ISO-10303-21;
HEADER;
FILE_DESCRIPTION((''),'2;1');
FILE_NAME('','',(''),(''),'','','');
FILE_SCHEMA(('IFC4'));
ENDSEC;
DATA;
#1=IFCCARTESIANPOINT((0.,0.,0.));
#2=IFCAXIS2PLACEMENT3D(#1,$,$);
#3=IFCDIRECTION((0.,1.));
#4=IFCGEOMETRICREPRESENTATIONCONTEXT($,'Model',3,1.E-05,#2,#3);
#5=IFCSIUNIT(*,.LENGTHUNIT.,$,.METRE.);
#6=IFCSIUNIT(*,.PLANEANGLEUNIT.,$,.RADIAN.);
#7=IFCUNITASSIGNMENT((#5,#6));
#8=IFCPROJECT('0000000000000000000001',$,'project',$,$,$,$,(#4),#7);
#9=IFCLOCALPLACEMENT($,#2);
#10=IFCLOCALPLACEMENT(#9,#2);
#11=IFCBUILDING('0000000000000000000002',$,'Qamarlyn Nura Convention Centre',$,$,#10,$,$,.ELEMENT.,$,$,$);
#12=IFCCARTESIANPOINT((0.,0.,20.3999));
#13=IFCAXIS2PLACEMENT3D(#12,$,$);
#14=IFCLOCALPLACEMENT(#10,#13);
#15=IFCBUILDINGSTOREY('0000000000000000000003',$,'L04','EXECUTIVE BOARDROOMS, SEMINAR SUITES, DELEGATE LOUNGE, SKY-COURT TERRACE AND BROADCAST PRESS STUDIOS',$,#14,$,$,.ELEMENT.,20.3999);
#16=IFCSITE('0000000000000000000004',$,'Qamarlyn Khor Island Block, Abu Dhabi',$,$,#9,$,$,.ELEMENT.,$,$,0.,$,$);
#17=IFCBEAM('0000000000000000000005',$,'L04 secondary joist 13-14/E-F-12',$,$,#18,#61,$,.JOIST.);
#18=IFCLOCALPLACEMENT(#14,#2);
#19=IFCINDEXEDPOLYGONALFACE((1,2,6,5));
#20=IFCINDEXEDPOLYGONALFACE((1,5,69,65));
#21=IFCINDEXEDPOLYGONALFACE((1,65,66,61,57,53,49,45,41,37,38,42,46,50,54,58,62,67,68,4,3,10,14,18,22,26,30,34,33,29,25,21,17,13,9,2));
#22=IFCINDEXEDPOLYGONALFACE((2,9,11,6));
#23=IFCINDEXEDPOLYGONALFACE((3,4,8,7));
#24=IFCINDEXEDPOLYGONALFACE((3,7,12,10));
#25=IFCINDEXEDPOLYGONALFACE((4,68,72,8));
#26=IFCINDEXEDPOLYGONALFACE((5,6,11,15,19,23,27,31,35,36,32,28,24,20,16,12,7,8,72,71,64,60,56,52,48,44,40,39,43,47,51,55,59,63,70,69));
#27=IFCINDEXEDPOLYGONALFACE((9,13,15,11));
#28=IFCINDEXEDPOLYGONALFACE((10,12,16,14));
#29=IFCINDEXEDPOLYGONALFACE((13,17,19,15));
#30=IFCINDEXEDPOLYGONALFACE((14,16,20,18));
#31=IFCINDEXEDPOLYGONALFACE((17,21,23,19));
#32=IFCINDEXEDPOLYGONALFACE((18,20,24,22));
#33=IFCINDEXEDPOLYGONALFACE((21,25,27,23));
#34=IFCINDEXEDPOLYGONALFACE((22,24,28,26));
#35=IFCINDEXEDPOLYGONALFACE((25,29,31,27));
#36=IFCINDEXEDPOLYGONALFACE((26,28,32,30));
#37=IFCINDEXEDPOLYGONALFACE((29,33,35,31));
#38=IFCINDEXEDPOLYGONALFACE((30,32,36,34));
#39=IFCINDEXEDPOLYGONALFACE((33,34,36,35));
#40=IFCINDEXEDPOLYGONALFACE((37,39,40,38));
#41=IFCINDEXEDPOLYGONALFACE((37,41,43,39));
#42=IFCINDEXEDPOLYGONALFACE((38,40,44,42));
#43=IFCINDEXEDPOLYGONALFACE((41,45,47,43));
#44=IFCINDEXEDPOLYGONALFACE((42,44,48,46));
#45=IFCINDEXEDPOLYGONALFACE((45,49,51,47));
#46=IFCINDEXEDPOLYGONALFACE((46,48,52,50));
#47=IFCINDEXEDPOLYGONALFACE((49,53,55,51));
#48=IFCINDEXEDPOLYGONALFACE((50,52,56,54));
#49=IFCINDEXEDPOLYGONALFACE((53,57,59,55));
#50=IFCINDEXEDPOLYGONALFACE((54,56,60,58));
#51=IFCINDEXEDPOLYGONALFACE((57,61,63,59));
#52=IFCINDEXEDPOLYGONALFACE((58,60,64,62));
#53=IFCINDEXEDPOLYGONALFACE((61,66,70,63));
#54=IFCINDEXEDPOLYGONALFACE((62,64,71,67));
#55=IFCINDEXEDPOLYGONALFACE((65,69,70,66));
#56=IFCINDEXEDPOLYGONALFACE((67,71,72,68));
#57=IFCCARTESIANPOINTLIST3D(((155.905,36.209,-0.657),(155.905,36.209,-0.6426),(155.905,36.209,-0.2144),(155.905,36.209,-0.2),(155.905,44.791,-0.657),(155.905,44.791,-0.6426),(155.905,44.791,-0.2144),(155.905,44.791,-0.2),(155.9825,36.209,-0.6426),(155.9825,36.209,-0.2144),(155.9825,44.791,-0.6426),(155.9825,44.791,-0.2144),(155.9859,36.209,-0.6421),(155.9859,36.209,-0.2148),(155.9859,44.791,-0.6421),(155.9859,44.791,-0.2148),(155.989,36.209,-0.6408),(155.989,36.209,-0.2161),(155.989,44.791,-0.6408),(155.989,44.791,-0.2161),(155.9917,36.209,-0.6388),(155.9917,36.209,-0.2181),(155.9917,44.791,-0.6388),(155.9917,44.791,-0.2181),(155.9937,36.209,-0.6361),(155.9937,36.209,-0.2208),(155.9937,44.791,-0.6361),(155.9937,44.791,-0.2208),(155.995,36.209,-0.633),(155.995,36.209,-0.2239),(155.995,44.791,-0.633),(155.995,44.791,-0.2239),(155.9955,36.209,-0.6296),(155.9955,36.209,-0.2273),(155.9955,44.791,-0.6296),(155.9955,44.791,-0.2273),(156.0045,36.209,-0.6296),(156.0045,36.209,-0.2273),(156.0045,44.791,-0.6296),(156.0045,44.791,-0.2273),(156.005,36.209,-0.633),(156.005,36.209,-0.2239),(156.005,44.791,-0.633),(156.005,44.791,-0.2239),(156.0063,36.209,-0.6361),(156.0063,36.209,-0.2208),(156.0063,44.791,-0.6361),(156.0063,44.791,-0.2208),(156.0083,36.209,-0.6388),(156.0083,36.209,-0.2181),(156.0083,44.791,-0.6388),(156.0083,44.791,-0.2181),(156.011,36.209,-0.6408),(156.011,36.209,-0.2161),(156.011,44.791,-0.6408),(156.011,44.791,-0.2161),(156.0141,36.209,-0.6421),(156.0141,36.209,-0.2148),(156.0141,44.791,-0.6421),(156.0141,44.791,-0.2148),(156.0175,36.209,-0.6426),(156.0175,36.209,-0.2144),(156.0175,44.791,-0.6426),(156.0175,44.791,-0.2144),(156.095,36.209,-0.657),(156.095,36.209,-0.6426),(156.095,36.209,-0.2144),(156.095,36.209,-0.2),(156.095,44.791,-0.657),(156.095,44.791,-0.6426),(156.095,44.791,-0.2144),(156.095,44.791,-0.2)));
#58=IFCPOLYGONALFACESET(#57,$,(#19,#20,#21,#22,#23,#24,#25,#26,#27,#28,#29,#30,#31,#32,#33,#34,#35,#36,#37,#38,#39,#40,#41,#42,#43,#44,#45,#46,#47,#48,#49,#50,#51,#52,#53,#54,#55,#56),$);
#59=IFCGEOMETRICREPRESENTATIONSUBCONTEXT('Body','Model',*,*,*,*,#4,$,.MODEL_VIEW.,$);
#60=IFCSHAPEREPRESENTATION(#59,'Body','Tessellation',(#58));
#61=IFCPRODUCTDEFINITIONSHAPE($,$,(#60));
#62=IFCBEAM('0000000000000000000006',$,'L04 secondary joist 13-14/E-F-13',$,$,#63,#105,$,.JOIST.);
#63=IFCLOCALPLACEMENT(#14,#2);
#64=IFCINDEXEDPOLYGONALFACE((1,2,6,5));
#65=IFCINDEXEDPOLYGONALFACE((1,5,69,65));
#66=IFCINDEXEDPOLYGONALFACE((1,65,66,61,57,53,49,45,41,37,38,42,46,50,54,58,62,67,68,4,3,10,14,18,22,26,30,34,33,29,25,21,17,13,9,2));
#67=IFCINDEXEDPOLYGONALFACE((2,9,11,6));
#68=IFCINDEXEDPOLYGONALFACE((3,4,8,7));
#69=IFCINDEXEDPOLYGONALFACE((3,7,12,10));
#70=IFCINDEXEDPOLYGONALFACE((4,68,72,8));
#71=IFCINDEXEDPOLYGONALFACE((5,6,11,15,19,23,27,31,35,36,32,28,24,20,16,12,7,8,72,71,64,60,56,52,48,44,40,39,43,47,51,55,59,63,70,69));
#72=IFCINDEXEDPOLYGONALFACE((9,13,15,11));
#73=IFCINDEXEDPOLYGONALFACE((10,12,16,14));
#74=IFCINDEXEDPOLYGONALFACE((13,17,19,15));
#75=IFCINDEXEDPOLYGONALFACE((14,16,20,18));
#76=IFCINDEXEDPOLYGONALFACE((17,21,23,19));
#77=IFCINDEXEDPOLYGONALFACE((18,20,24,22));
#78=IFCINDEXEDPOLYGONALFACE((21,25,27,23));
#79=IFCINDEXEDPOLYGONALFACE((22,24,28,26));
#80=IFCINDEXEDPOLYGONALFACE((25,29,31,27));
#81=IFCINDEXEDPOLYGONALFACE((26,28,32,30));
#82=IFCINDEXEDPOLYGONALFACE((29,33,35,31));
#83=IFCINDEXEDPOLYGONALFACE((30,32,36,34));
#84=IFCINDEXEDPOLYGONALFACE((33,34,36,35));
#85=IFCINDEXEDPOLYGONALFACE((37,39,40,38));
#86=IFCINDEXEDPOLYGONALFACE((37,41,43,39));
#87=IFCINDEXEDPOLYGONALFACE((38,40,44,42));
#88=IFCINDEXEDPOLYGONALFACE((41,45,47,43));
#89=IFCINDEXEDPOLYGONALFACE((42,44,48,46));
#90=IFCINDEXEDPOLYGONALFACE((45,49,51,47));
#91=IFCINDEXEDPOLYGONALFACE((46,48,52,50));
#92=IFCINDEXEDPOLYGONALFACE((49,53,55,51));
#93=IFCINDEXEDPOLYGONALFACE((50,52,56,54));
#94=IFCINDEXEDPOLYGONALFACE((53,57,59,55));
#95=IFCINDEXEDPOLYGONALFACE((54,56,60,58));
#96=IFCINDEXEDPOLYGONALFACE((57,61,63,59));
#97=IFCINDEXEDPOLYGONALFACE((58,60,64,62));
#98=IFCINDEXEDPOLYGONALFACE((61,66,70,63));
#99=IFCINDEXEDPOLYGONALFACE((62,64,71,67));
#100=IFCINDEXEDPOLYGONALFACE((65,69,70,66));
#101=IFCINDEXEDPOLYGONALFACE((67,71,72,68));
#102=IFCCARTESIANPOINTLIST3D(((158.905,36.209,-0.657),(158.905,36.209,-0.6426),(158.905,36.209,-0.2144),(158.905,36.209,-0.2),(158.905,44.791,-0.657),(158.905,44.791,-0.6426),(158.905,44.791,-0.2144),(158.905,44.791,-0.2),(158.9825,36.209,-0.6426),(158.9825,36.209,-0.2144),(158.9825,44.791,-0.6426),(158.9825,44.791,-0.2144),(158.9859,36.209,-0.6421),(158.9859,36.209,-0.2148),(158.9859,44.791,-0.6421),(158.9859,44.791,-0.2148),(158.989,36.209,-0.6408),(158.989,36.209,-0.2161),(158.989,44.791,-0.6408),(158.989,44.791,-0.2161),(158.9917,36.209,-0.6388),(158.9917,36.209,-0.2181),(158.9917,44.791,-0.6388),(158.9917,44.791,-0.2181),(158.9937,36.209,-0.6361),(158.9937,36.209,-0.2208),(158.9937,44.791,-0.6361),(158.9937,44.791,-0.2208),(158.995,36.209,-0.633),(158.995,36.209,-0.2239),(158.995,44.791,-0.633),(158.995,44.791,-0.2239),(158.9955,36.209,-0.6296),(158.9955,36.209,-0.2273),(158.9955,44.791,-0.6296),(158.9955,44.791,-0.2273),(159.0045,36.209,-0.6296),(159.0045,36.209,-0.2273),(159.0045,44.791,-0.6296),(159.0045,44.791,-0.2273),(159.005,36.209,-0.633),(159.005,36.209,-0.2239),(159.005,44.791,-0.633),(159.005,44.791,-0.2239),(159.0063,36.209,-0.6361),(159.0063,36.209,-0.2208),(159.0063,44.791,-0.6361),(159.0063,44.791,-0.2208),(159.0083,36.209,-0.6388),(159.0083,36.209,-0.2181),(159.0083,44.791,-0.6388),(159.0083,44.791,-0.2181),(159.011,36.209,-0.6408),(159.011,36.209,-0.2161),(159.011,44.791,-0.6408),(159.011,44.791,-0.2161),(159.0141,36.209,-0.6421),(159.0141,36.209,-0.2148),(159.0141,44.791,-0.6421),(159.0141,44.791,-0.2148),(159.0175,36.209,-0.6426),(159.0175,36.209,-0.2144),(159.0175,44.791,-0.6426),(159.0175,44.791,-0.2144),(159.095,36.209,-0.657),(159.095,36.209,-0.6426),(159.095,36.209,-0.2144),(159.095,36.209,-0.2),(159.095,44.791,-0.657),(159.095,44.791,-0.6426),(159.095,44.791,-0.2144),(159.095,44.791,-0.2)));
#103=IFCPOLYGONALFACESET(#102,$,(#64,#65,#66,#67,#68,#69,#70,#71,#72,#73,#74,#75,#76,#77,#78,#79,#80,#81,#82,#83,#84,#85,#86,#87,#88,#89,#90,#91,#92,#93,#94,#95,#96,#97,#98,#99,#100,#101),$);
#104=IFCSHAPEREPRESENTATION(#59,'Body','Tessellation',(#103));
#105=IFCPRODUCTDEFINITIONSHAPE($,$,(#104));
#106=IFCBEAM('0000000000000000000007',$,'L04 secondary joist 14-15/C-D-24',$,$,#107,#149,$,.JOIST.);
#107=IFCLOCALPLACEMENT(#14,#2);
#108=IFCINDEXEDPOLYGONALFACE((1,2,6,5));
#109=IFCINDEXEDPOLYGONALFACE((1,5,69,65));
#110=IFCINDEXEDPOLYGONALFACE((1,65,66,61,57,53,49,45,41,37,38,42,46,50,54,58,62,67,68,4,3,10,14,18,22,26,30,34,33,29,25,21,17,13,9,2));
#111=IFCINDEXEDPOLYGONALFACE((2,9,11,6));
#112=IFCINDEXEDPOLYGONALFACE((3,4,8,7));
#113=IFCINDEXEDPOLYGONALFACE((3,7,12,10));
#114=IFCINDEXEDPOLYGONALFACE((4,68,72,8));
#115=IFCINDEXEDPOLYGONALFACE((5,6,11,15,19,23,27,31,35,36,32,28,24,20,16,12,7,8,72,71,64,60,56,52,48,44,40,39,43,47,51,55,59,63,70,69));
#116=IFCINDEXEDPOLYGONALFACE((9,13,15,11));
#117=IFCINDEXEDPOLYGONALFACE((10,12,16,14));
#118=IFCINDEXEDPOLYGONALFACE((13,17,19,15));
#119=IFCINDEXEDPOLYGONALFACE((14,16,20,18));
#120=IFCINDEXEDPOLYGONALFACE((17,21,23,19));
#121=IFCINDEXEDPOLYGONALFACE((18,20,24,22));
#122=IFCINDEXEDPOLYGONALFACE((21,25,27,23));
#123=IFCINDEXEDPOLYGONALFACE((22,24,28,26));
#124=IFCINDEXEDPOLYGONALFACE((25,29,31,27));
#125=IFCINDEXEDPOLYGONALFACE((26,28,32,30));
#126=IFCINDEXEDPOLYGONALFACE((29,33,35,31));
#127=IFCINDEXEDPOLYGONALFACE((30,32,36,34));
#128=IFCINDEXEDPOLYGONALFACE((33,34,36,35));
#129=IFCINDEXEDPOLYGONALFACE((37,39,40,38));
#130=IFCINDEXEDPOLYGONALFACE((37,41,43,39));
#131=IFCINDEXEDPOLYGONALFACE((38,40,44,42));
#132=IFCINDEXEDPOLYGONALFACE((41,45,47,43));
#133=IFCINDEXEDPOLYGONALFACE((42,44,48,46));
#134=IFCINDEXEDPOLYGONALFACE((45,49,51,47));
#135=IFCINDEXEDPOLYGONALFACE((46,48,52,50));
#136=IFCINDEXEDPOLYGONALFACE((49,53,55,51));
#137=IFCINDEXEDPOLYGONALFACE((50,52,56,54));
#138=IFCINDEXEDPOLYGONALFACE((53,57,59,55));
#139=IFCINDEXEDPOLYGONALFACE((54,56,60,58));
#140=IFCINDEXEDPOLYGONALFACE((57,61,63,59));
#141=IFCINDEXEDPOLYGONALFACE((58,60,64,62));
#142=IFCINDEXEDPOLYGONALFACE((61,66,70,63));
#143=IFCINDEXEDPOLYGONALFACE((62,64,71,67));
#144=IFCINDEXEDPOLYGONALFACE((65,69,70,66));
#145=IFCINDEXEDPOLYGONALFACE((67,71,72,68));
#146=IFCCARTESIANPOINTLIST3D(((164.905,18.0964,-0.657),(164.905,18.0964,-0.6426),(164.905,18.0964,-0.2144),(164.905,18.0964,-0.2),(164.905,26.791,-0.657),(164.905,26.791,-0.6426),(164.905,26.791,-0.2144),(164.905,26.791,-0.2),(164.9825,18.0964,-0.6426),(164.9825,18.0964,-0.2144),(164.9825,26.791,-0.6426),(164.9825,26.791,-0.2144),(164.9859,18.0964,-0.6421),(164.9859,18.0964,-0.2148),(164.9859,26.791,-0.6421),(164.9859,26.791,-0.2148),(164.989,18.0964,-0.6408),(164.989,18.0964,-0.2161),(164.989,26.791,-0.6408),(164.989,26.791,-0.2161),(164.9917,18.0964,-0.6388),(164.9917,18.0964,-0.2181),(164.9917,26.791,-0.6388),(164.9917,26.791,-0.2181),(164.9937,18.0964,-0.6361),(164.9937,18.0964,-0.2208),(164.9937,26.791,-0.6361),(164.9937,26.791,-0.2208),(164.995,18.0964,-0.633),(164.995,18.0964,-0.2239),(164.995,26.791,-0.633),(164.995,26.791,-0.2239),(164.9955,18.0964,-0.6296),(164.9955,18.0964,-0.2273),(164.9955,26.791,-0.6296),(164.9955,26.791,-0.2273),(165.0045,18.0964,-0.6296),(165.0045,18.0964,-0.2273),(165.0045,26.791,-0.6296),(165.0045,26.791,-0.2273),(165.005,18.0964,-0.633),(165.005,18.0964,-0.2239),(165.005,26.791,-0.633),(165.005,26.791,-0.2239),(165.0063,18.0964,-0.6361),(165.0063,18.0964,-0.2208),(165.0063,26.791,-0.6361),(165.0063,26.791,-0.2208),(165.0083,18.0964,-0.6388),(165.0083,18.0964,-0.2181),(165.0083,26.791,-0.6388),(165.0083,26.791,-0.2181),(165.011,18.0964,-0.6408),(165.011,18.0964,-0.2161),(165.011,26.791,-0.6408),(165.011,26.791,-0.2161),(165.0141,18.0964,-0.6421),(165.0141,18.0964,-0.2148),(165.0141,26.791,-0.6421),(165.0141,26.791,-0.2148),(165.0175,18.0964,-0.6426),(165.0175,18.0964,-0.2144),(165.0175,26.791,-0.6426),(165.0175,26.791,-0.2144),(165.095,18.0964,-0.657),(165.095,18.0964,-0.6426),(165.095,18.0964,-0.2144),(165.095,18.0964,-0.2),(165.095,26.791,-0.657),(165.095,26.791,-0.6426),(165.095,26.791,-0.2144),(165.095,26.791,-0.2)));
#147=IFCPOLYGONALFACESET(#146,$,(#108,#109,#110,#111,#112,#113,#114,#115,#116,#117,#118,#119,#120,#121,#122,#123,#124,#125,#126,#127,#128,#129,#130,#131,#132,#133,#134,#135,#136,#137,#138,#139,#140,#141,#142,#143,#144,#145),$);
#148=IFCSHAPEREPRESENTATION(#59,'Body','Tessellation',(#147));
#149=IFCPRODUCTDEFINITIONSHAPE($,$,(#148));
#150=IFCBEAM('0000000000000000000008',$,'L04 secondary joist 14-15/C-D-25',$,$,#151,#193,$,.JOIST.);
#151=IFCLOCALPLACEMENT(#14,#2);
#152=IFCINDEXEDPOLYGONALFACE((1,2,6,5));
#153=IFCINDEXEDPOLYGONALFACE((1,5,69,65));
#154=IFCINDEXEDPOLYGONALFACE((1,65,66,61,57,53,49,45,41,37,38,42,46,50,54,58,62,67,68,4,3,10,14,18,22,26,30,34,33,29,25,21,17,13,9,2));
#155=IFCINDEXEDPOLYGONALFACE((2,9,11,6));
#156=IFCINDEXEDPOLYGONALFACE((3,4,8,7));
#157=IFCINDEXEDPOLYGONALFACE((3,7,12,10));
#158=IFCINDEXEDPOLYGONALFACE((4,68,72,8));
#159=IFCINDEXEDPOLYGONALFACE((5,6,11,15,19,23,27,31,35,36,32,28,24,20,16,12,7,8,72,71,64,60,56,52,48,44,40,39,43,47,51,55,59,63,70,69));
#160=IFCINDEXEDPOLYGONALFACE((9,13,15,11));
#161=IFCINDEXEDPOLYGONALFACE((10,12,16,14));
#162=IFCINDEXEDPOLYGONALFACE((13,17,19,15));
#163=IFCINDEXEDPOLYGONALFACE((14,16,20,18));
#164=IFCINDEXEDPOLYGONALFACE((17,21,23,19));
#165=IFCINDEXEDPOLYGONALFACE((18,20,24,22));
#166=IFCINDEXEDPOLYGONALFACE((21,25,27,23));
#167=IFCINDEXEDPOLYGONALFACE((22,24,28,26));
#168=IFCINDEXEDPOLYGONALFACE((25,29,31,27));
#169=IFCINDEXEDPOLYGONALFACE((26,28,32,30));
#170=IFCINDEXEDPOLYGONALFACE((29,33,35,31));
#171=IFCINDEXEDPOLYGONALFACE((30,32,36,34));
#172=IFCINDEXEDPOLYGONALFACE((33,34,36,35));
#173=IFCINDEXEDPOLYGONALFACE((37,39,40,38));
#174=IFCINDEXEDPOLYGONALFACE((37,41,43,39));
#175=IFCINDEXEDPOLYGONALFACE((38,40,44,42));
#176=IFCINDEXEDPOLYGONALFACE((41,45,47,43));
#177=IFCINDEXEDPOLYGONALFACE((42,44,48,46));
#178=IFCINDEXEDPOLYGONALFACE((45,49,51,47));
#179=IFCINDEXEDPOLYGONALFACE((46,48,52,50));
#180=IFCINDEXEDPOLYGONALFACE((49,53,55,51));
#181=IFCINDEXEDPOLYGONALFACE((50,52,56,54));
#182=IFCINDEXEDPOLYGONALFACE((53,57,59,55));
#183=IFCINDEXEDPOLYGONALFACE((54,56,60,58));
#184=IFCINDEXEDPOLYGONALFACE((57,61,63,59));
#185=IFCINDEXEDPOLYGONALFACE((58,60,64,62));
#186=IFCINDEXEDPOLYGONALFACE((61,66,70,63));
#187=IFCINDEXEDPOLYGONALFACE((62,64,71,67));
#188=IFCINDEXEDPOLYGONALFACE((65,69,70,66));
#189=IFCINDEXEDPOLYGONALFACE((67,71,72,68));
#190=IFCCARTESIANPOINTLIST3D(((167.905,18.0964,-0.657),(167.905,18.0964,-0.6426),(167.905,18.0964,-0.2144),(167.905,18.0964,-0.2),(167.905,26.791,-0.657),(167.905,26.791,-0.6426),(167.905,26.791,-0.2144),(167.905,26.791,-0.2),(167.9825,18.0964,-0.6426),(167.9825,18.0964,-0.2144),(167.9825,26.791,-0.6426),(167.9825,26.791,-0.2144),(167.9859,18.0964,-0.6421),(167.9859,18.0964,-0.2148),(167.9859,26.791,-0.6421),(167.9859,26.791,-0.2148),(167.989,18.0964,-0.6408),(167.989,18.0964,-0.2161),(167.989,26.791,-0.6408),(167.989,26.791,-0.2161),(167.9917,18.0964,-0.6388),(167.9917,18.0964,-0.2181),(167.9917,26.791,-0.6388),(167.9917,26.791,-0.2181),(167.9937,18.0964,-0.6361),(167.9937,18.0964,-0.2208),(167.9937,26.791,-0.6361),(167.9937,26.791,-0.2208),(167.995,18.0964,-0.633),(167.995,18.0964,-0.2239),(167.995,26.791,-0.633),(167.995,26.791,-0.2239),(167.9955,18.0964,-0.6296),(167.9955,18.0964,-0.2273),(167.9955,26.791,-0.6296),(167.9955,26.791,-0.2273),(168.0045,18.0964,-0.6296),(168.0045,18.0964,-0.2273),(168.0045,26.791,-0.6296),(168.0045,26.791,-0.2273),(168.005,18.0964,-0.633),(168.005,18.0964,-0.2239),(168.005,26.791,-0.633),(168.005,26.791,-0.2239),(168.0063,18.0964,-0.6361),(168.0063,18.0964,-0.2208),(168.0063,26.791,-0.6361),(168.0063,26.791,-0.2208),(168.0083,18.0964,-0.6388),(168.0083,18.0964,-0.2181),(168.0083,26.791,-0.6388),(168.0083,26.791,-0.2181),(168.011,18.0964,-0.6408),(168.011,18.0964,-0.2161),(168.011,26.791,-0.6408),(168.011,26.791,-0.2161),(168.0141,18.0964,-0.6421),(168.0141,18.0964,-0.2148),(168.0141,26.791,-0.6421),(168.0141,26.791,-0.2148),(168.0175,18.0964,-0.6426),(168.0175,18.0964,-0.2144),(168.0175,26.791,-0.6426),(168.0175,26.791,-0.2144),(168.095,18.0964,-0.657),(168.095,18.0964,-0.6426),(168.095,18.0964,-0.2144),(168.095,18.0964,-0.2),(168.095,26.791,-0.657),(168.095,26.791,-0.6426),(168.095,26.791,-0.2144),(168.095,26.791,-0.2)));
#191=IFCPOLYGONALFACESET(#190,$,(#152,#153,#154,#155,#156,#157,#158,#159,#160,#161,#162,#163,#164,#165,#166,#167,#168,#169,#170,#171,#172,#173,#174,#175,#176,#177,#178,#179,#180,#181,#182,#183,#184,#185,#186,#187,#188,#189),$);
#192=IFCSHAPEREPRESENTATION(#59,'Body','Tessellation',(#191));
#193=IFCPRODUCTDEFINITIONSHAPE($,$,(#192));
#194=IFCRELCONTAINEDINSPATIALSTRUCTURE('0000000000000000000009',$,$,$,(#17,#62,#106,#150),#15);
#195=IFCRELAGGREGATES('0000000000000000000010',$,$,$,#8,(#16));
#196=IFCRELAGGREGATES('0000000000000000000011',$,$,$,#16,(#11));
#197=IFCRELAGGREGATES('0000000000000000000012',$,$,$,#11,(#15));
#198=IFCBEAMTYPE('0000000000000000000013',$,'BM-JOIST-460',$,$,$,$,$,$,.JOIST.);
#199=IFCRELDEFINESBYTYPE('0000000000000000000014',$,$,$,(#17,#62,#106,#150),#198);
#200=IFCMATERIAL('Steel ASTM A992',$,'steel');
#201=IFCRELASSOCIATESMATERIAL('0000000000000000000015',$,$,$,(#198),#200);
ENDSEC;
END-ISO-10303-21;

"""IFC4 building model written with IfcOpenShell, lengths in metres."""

from ifc_helpers import new_model, si_unit, direction, frame, origin, origin_2d, place, context, subcontext, project, spatial, i_section, extrude, material, material_profile, profile_set, type_object, element, save


model = new_model("IFC4")

# Units and contexts
model_context = context("Model", 3, precision=1e-05, world=origin(), true_north=direction((0.0, 1.0)))
body_context = subcontext(model_context, "Body", "Model", "MODEL_VIEW")
ifc_project = project(units=[si_unit("LENGTHUNIT", "METRE"), si_unit("PLANEANGLEUNIT", "RADIAN")], contexts=[model_context])

# Site, building, storey
site_placement = place(None, origin())
site = spatial("IfcSite", under=ifc_project, at=site_placement, Name="Qamarlyn Khor Island Block, Abu Dhabi", CompositionType="ELEMENT", RefElevation=0.0)
building_placement = place(site_placement, origin())
building = spatial("IfcBuilding", under=site, at=building_placement, Name="Qamarlyn Nura Convention Centre", CompositionType="ELEMENT")
storey_placement = place(building_placement, frame((0.0, 0.0, 20.3999)))
storey = spatial("IfcBuildingStorey", under=building, at=storey_placement, Name="L04", Description="EXECUTIVE BOARDROOMS, SEMINAR SUITES, DELEGATE LOUNGE, SKY-COURT TERRACE AND BROADCAST PRESS STUDIOS", CompositionType="ELEMENT", Elevation=20.3999)

# Shared definitions
ifc_material_1 = material(Name="Steel ASTM A992", Category="steel")

# Beams
ifc_material_profile_1 = material_profile(ifc_material_1, i_section(OverallWidth=0.1899, OverallDepth=0.457, WebThickness=0.009, FlangeThickness=0.0144, FilletRadius=0.0129, at=origin_2d()), Name="W460X74")
ifc_profile_set_1 = profile_set([ifc_material_profile_1], Name="Steel ASTM A992")
beam_type_1 = type_object("IfcBeamType", Name="BM-JOIST-460", PredefinedType="JOIST", material=ifc_profile_set_1)
for number, where, z_axis, x_axis, name in (
    (1, (156.0, 36.209, -0.4285), (0.0, 1.0, 0.0), (-1.0, 0.0, 0.0), "L04 secondary joist 13-14/E-F-12"),
    (2, (159.0, 36.209, -0.4285), (0.0, 1.0, 0.0), (-1.0, 0.0, 0.0), "L04 secondary joist 13-14/E-F-13"),
):
    element("IfcBeam", number, at=place(storey_placement, frame(where, z_axis=z_axis, x_axis=x_axis)), inside=storey, type_object=beam_type_1, Name=name, PredefinedType="JOIST", context=body_context, shape_type="SweptSolid", body=[
        extrude(i_section(OverallWidth=0.1899, OverallDepth=0.457, WebThickness=0.009, FlangeThickness=0.0144, FilletRadius=0.0129, at=origin_2d()), origin(), (0.0, 0.0, 1.0), 8.582),
    ])
for number, where, z_axis, x_axis, name in (
    (3, (165.0, 18.0964, -0.4285), (0.0, 1.0, 0.0), (-1.0, 0.0, 0.0), "L04 secondary joist 14-15/C-D-24"),
    (4, (168.0, 18.0964, -0.4285), (0.0, 1.0, 0.0), (-1.0, 0.0, 0.0), "L04 secondary joist 14-15/C-D-25"),
):
    element("IfcBeam", number, at=place(storey_placement, frame(where, z_axis=z_axis, x_axis=x_axis)), inside=storey, type_object=beam_type_1, Name=name, PredefinedType="JOIST", context=body_context, shape_type="SweptSolid", body=[
        extrude(i_section(OverallWidth=0.1899, OverallDepth=0.457, WebThickness=0.009, FlangeThickness=0.0144, FilletRadius=0.0129, at=origin_2d()), origin(), (0.0, 0.0, 1.0), 8.6946),
    ])

save(model, "model.ifc")
